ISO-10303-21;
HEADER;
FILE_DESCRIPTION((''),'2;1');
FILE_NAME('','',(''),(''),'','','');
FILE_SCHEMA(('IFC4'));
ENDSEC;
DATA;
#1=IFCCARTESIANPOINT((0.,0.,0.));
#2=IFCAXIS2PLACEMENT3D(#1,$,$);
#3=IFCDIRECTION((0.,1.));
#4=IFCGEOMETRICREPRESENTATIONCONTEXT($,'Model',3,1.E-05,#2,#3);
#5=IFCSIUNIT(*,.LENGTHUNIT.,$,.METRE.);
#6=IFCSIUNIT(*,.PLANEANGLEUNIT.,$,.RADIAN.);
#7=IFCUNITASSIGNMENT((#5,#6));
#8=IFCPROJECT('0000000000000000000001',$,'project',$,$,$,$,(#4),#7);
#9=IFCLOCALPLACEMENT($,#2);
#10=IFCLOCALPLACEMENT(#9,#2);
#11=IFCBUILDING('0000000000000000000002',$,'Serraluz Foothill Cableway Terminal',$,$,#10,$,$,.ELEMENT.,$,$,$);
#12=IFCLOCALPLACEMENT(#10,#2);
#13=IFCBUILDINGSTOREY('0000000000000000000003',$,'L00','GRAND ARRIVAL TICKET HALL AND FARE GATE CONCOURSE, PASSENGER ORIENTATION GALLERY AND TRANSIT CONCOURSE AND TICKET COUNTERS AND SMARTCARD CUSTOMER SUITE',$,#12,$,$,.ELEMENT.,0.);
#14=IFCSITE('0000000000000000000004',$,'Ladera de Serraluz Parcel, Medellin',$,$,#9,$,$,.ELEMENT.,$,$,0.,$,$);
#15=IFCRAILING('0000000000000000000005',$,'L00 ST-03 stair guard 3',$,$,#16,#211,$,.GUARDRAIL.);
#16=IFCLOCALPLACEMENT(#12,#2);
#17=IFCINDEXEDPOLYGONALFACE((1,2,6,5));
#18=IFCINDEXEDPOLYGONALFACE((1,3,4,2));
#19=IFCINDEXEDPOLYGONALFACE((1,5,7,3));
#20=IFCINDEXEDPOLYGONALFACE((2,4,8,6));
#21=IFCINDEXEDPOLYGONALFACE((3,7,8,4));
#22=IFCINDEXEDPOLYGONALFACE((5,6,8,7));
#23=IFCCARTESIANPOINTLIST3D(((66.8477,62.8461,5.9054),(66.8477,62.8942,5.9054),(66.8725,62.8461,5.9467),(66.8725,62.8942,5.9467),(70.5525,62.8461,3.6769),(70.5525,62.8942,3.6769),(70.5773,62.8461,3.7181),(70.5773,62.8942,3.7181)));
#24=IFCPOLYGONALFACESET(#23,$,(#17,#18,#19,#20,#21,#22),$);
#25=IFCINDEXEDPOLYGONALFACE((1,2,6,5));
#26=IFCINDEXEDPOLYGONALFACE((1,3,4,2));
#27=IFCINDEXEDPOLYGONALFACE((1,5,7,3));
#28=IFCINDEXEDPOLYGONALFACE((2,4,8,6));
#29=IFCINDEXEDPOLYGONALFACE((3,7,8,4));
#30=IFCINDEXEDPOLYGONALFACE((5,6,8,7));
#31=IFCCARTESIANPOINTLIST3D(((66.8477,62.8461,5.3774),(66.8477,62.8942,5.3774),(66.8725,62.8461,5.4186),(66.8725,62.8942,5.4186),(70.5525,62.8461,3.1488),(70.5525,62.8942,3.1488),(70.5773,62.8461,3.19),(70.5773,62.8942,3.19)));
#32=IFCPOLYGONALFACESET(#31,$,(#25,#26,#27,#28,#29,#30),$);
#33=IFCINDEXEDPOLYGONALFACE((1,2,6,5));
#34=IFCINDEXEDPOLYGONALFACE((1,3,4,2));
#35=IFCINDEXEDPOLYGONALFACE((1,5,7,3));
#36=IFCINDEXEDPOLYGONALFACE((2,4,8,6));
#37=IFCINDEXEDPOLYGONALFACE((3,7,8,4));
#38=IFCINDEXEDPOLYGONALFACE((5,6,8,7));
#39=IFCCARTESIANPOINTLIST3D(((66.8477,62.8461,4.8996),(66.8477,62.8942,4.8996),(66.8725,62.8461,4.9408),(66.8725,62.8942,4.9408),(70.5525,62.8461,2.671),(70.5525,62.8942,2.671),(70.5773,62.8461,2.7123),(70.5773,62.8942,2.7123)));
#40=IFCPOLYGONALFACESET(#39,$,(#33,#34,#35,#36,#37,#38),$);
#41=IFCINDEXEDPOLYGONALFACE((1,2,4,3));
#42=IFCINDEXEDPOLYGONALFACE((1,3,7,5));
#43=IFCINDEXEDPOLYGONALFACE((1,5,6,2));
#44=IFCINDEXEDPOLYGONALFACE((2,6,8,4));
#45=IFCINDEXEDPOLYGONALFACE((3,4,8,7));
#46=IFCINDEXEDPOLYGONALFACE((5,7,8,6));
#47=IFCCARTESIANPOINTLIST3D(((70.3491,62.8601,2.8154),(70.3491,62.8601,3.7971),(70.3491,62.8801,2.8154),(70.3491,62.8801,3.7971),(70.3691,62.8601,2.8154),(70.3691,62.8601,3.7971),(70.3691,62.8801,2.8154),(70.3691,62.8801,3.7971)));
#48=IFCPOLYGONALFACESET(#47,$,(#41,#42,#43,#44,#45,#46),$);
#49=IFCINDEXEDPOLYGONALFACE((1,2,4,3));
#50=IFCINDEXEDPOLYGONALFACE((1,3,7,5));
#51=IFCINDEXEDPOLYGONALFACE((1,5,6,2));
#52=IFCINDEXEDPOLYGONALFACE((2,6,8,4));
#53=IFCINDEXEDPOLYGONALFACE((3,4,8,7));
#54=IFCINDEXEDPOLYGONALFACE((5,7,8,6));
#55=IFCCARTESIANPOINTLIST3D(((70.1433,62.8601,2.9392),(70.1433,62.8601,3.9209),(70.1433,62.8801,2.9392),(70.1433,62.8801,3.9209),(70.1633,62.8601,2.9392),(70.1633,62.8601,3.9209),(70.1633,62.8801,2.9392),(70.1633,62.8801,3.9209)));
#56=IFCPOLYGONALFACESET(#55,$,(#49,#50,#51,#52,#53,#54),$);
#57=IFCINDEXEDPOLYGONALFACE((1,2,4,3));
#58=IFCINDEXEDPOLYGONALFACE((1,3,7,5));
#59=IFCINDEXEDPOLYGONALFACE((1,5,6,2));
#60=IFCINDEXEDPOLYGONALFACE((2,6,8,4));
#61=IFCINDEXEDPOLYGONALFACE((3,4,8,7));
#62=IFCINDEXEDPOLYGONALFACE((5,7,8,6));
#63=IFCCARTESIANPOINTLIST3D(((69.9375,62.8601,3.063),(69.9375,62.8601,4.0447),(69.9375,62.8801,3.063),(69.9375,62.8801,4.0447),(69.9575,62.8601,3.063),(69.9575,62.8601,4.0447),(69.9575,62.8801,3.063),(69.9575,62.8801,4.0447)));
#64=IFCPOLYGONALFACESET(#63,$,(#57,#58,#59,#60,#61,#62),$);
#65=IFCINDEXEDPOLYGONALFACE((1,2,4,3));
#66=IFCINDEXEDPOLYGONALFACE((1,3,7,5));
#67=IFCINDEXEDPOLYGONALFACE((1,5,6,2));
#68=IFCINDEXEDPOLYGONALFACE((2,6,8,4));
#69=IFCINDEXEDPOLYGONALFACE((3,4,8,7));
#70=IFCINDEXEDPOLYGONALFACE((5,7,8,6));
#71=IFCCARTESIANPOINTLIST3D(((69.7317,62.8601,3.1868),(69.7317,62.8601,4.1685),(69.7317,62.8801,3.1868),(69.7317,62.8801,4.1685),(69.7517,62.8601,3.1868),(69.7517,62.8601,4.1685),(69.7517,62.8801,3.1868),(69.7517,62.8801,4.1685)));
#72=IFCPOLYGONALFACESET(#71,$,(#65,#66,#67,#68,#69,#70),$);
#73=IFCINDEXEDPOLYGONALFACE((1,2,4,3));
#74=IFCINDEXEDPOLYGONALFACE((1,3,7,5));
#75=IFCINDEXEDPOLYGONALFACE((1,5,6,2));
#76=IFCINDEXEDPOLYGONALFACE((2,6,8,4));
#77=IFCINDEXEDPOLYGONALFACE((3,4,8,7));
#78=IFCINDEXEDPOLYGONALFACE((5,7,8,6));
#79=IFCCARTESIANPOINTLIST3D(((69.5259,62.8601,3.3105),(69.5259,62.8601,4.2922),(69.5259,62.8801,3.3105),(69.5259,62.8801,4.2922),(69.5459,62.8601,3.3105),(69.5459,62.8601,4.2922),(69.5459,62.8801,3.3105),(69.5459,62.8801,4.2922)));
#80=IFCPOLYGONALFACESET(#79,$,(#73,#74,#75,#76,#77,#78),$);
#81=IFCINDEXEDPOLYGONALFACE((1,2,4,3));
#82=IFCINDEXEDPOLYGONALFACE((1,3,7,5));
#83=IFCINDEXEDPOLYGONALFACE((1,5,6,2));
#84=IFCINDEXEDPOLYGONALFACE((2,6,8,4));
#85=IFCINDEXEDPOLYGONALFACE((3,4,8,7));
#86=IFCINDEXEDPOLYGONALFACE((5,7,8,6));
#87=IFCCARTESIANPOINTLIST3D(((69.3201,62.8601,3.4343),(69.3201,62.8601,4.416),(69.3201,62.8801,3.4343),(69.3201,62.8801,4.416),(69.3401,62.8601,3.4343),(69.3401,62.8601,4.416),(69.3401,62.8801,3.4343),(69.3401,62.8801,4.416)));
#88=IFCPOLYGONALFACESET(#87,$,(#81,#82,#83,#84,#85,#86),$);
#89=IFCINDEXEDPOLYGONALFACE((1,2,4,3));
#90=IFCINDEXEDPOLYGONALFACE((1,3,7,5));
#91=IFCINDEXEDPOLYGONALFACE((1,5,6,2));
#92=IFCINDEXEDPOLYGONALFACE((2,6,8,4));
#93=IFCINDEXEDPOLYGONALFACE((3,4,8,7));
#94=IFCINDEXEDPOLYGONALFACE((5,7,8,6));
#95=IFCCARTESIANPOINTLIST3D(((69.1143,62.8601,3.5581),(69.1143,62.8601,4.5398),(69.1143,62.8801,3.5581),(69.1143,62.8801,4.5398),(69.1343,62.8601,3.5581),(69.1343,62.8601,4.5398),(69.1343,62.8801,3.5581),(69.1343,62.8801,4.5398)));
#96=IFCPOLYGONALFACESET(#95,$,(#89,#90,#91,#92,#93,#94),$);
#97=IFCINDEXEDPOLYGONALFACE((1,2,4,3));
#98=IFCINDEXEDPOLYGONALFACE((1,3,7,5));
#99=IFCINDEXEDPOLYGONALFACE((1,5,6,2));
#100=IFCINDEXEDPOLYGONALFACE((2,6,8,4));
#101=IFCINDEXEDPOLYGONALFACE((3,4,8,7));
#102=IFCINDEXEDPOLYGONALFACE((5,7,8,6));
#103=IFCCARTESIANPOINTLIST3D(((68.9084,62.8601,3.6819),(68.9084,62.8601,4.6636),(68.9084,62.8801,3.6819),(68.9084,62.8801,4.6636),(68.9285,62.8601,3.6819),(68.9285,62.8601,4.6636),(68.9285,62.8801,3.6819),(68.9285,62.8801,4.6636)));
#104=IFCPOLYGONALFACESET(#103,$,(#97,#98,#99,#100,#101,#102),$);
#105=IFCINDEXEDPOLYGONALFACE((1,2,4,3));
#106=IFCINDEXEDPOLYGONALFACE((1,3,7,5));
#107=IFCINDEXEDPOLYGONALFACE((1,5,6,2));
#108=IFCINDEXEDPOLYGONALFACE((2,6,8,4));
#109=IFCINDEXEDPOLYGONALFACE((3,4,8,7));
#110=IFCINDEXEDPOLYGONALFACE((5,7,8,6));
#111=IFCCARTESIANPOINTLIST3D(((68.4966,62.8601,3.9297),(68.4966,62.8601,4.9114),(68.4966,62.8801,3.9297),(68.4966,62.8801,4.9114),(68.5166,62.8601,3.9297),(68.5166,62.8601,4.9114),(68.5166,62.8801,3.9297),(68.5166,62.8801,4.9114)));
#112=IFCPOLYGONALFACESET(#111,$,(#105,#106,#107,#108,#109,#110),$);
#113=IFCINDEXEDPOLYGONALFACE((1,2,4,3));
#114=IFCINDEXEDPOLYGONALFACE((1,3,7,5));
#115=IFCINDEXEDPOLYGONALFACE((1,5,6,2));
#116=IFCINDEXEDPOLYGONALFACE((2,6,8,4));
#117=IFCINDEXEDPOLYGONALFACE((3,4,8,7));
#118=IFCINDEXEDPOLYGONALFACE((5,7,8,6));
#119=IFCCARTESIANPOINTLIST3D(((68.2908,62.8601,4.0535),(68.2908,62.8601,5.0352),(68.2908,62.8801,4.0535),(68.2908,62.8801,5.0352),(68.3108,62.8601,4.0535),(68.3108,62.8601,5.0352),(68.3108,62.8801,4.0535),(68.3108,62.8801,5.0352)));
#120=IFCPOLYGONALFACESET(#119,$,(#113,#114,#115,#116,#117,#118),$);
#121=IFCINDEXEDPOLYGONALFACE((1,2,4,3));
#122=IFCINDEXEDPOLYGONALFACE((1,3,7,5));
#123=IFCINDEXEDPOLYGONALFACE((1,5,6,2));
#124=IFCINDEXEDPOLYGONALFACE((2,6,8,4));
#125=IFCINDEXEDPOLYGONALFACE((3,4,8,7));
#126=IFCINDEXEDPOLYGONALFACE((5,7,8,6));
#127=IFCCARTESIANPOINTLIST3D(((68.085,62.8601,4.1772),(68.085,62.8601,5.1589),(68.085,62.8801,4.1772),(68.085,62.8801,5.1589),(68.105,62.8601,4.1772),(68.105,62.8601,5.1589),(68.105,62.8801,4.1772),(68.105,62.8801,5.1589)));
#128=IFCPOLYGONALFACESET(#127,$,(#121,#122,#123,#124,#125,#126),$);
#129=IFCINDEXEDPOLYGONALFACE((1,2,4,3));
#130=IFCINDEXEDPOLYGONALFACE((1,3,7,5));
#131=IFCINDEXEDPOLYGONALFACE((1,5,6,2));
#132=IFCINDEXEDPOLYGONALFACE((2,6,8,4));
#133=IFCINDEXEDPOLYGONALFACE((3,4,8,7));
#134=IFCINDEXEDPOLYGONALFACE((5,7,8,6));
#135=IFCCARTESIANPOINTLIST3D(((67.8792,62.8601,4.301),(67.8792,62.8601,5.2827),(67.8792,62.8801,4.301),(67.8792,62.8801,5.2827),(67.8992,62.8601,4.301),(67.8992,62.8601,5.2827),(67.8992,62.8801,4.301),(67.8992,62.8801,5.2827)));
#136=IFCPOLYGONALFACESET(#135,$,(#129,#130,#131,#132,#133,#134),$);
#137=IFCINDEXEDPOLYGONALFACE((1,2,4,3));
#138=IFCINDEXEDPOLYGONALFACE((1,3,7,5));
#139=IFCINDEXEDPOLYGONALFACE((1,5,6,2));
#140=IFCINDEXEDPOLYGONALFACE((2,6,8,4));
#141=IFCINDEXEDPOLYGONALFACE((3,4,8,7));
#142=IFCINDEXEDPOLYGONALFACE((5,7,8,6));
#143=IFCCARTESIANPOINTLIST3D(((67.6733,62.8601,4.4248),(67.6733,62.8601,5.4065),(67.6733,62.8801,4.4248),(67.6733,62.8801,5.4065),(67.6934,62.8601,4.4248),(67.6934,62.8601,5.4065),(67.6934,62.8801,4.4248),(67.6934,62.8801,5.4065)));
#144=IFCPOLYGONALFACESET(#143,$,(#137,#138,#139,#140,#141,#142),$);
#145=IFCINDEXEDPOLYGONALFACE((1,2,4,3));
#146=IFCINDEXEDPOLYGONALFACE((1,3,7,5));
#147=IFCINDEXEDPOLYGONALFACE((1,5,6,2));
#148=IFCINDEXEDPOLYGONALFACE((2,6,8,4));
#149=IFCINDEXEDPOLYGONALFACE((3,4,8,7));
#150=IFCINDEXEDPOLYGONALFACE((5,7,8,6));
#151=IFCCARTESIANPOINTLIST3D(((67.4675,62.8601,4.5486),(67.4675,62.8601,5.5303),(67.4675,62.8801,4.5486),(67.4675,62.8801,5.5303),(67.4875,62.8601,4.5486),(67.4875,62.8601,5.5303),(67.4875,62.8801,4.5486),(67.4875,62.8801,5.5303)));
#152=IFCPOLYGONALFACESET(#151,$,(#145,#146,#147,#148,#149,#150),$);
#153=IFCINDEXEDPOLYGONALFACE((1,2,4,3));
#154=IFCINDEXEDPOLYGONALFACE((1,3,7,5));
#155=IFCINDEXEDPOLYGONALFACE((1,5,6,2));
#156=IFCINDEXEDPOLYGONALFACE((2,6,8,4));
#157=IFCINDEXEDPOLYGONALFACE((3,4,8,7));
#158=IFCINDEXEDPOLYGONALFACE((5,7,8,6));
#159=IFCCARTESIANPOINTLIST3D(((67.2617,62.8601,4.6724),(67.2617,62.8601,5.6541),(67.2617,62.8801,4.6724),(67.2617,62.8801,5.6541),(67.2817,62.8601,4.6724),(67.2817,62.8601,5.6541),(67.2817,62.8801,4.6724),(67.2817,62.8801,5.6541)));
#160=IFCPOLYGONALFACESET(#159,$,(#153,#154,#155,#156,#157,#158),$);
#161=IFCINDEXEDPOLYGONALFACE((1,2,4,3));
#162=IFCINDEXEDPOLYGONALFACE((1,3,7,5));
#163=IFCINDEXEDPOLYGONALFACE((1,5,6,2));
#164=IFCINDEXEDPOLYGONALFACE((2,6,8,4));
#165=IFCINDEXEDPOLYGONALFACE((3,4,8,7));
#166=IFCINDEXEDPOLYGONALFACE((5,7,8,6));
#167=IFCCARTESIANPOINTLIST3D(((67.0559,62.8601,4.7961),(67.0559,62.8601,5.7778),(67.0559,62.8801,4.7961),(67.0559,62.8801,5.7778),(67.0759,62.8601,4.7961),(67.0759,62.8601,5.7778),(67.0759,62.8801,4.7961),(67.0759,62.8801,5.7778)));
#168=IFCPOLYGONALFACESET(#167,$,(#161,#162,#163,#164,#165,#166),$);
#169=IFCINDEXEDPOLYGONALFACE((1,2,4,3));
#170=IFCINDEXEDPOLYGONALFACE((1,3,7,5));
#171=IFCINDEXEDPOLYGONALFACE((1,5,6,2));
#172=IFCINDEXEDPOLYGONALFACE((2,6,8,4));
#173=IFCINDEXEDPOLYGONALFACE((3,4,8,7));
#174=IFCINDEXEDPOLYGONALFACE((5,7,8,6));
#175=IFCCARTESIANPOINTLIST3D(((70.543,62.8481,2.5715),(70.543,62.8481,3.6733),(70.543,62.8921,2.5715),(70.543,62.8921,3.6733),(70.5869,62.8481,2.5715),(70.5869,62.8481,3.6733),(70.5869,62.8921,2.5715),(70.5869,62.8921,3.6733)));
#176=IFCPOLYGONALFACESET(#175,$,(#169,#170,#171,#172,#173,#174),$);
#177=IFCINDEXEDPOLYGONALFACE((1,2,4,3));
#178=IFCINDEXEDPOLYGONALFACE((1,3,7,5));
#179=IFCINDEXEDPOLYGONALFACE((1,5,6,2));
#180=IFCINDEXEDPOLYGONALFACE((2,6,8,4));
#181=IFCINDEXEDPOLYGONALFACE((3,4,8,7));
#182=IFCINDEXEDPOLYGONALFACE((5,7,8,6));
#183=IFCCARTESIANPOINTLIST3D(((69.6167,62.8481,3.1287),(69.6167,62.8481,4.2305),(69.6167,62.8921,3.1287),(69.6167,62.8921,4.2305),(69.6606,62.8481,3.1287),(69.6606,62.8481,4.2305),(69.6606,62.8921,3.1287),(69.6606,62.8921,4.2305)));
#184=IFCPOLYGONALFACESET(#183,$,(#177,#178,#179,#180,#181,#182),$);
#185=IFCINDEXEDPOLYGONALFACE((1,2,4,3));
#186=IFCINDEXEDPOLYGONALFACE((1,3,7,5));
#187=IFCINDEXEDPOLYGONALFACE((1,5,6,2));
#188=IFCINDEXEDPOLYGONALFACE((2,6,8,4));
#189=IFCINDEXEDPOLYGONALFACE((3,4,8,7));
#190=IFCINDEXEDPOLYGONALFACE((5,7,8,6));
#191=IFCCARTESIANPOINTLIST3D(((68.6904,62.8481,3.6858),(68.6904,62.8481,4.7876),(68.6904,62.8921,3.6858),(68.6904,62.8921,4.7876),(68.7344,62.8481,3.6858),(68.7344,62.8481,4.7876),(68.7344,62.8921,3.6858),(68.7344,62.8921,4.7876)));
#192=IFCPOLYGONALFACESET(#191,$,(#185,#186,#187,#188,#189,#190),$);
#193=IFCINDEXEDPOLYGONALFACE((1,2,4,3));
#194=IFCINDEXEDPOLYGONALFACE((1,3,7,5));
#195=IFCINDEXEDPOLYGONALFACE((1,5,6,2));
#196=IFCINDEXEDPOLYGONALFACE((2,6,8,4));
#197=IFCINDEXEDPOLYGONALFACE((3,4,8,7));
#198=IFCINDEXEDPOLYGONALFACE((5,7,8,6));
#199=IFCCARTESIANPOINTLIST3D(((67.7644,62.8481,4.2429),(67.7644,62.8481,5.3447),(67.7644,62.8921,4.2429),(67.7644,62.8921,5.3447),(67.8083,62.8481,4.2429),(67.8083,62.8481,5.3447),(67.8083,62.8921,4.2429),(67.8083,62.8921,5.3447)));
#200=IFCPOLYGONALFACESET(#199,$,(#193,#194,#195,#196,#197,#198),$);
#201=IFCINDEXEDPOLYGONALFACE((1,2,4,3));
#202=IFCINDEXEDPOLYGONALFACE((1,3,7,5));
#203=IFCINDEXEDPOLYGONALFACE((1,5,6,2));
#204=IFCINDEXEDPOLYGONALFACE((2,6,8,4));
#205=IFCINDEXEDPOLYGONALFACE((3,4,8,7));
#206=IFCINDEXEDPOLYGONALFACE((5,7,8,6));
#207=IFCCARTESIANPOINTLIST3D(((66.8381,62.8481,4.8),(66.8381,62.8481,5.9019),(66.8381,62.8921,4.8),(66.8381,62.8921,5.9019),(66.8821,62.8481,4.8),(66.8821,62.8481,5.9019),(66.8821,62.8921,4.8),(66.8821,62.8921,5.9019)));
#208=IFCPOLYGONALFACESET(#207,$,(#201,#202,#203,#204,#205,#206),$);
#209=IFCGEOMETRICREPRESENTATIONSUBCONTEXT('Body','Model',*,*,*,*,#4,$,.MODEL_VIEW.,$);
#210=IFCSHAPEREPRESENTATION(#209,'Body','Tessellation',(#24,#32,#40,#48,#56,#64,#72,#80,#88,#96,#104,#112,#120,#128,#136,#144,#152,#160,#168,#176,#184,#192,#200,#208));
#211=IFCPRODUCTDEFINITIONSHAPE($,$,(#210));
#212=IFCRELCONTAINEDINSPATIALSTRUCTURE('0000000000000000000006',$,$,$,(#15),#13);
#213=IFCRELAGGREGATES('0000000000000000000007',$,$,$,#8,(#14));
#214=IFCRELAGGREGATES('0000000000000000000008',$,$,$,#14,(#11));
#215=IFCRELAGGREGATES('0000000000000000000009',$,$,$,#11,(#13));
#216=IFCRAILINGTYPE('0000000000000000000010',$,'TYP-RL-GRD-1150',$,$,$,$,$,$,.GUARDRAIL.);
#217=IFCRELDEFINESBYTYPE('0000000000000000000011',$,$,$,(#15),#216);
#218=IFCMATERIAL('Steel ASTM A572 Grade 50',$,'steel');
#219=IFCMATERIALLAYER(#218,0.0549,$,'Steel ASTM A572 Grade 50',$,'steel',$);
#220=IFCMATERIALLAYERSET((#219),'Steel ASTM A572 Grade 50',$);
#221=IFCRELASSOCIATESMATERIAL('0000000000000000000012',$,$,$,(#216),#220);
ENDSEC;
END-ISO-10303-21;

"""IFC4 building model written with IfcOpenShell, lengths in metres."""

from ifc_helpers import new_model, si_unit, direction, frame, origin, origin_2d, place, context, subcontext, project, spatial, rectangle, extrude, material, layer, layer_set, type_object, element, save


model = new_model("IFC4")

# Units and contexts
model_context = context("Model", 3, precision=1e-05, world=origin(), true_north=direction((0.0, 1.0)))
body_context = subcontext(model_context, "Body", "Model", "MODEL_VIEW")
ifc_project = project(units=[si_unit("LENGTHUNIT", "METRE"), si_unit("PLANEANGLEUNIT", "RADIAN")], contexts=[model_context])

# Site, building, storey
site_placement = place(None, origin())
site = spatial("IfcSite", under=ifc_project, at=site_placement, Name="Ladera de Serraluz Parcel, Medellin", CompositionType="ELEMENT", RefElevation=0.0)
building_placement = place(site_placement, origin())
building = spatial("IfcBuilding", under=site, at=building_placement, Name="Serraluz Foothill Cableway Terminal", CompositionType="ELEMENT")
storey_placement = place(building_placement, origin())
storey = spatial("IfcBuildingStorey", under=building, at=storey_placement, Name="L00", Description="GRAND ARRIVAL TICKET HALL AND FARE GATE CONCOURSE, PASSENGER ORIENTATION GALLERY AND TRANSIT CONCOURSE AND TICKET COUNTERS AND SMARTCARD CUSTOMER SUITE", CompositionType="ELEMENT", Elevation=0.0)

# Railing
ifc_material_1 = material(Name="Steel ASTM A572 Grade 50", Category="steel")
ifc_layer_1 = layer(ifc_material_1, 0.0549, Name="Steel ASTM A572 Grade 50", Category="steel")
ifc_layer_set_1 = layer_set([ifc_layer_1], Name="Steel ASTM A572 Grade 50")
railing_type_1 = type_object("IfcRailingType", Name="TYP-RL-GRD-1150", PredefinedType="GUARDRAIL", material=ifc_layer_set_1)
railing_1_placement = place(storey_placement, frame((70.5649, 62.8701, 2.5715)))
element("IfcRailing", 1, at=railing_1_placement, inside=storey, type_object=railing_type_1, Name="L00 ST-03 stair guard 3", PredefinedType="GUARDRAIL", context=body_context, shape_type="SweptSolid", body=[
    extrude(rectangle(XDim=0.0481, YDim=0.0481, at=origin_2d()), frame((0.0, 0.0, 1.126), z_axis=(-0.856919, 0.0, 0.51545), x_axis=(0.0, -1.0, 0.0)), (0.0, 0.0, 1.0), 4.3235),
    extrude(rectangle(XDim=0.0481, YDim=0.0481, at=origin_2d()), frame((0.0, 0.0, 0.5979), z_axis=(-0.856919, 0.0, 0.51545), x_axis=(0.0, -1.0, 0.0)), (0.0, 0.0, 1.0), 4.3235),
    extrude(rectangle(XDim=0.0481, YDim=0.0481, at=origin_2d()), frame((0.0, 0.0, 0.1201), z_axis=(-0.856919, 0.0, 0.51545), x_axis=(0.0, -1.0, 0.0)), (0.0, 0.0, 1.0), 4.3235),
    extrude(rectangle(XDim=0.02, YDim=0.02, at=origin_2d()), frame((-0.2058, 0.0, 0.2439)), (0.0, 0.0, 1.0), 0.9817),
    extrude(rectangle(XDim=0.02, YDim=0.02, at=origin_2d()), frame((-0.4116, 0.0, 0.3677)), (0.0, 0.0, 1.0), 0.9817),
    extrude(rectangle(XDim=0.02, YDim=0.02, at=origin_2d()), frame((-0.6174, 0.0, 0.4915)), (0.0, 0.0, 1.0), 0.9817),
    extrude(rectangle(XDim=0.02, YDim=0.02, at=origin_2d()), frame((-0.8232, 0.0, 0.6152)), (0.0, 0.0, 1.0), 0.9817),
    extrude(rectangle(XDim=0.02, YDim=0.02, at=origin_2d()), frame((-1.0291, 0.0, 0.739)), (0.0, 0.0, 1.0), 0.9817),
    extrude(rectangle(XDim=0.02, YDim=0.02, at=origin_2d()), frame((-1.2349, 0.0, 0.8628)), (0.0, 0.0, 1.0), 0.9817),
    extrude(rectangle(XDim=0.02, YDim=0.02, at=origin_2d()), frame((-1.4407, 0.0, 0.9866)), (0.0, 0.0, 1.0), 0.9817),
    extrude(rectangle(XDim=0.02, YDim=0.02, at=origin_2d()), frame((-1.6465, 0.0, 1.1104)), (0.0, 0.0, 1.0), 0.9817),
    extrude(rectangle(XDim=0.02, YDim=0.02, at=origin_2d()), frame((-2.0583, 0.0, 1.3582)), (0.0, 0.0, 1.0), 0.9817),
    extrude(rectangle(XDim=0.02, YDim=0.02, at=origin_2d()), frame((-2.2642, 0.0, 1.4819)), (0.0, 0.0, 1.0), 0.9817),
    extrude(rectangle(XDim=0.02, YDim=0.02, at=origin_2d()), frame((-2.47, 0.0, 1.6057)), (0.0, 0.0, 1.0), 0.9817),
    extrude(rectangle(XDim=0.02, YDim=0.02, at=origin_2d()), frame((-2.6758, 0.0, 1.7295)), (0.0, 0.0, 1.0), 0.9817),
    extrude(rectangle(XDim=0.02, YDim=0.02, at=origin_2d()), frame((-2.8816, 0.0, 1.8533)), (0.0, 0.0, 1.0), 0.9817),
    extrude(rectangle(XDim=0.02, YDim=0.02, at=origin_2d()), frame((-3.0874, 0.0, 1.9771)), (0.0, 0.0, 1.0), 0.9817),
    extrude(rectangle(XDim=0.02, YDim=0.02, at=origin_2d()), frame((-3.2932, 0.0, 2.1008)), (0.0, 0.0, 1.0), 0.9817),
    extrude(rectangle(XDim=0.02, YDim=0.02, at=origin_2d()), frame((-3.499, 0.0, 2.2246)), (0.0, 0.0, 1.0), 0.9817),
    extrude(rectangle(XDim=0.0439, YDim=0.0439, at=origin_2d()), origin(), (0.0, 0.0, 1.0), 1.1018),
    extrude(rectangle(XDim=0.0439, YDim=0.0439, at=origin_2d()), frame((-0.9263, 0.0, 0.5571)), (0.0, 0.0, 1.0), 1.1018),
    extrude(rectangle(XDim=0.0439, YDim=0.0439, at=origin_2d()), frame((-1.8525, 0.0, 1.1143)), (0.0, 0.0, 1.0), 1.1018),
    extrude(rectangle(XDim=0.0439, YDim=0.0439, at=origin_2d()), frame((-2.7786, 0.0, 1.6714)), (0.0, 0.0, 1.0), 1.1018),
    extrude(rectangle(XDim=0.0439, YDim=0.0439, at=origin_2d()), frame((-3.7048, 0.0, 2.2285)), (0.0, 0.0, 1.0), 1.1018),
])

save(model, "model.ifc")
